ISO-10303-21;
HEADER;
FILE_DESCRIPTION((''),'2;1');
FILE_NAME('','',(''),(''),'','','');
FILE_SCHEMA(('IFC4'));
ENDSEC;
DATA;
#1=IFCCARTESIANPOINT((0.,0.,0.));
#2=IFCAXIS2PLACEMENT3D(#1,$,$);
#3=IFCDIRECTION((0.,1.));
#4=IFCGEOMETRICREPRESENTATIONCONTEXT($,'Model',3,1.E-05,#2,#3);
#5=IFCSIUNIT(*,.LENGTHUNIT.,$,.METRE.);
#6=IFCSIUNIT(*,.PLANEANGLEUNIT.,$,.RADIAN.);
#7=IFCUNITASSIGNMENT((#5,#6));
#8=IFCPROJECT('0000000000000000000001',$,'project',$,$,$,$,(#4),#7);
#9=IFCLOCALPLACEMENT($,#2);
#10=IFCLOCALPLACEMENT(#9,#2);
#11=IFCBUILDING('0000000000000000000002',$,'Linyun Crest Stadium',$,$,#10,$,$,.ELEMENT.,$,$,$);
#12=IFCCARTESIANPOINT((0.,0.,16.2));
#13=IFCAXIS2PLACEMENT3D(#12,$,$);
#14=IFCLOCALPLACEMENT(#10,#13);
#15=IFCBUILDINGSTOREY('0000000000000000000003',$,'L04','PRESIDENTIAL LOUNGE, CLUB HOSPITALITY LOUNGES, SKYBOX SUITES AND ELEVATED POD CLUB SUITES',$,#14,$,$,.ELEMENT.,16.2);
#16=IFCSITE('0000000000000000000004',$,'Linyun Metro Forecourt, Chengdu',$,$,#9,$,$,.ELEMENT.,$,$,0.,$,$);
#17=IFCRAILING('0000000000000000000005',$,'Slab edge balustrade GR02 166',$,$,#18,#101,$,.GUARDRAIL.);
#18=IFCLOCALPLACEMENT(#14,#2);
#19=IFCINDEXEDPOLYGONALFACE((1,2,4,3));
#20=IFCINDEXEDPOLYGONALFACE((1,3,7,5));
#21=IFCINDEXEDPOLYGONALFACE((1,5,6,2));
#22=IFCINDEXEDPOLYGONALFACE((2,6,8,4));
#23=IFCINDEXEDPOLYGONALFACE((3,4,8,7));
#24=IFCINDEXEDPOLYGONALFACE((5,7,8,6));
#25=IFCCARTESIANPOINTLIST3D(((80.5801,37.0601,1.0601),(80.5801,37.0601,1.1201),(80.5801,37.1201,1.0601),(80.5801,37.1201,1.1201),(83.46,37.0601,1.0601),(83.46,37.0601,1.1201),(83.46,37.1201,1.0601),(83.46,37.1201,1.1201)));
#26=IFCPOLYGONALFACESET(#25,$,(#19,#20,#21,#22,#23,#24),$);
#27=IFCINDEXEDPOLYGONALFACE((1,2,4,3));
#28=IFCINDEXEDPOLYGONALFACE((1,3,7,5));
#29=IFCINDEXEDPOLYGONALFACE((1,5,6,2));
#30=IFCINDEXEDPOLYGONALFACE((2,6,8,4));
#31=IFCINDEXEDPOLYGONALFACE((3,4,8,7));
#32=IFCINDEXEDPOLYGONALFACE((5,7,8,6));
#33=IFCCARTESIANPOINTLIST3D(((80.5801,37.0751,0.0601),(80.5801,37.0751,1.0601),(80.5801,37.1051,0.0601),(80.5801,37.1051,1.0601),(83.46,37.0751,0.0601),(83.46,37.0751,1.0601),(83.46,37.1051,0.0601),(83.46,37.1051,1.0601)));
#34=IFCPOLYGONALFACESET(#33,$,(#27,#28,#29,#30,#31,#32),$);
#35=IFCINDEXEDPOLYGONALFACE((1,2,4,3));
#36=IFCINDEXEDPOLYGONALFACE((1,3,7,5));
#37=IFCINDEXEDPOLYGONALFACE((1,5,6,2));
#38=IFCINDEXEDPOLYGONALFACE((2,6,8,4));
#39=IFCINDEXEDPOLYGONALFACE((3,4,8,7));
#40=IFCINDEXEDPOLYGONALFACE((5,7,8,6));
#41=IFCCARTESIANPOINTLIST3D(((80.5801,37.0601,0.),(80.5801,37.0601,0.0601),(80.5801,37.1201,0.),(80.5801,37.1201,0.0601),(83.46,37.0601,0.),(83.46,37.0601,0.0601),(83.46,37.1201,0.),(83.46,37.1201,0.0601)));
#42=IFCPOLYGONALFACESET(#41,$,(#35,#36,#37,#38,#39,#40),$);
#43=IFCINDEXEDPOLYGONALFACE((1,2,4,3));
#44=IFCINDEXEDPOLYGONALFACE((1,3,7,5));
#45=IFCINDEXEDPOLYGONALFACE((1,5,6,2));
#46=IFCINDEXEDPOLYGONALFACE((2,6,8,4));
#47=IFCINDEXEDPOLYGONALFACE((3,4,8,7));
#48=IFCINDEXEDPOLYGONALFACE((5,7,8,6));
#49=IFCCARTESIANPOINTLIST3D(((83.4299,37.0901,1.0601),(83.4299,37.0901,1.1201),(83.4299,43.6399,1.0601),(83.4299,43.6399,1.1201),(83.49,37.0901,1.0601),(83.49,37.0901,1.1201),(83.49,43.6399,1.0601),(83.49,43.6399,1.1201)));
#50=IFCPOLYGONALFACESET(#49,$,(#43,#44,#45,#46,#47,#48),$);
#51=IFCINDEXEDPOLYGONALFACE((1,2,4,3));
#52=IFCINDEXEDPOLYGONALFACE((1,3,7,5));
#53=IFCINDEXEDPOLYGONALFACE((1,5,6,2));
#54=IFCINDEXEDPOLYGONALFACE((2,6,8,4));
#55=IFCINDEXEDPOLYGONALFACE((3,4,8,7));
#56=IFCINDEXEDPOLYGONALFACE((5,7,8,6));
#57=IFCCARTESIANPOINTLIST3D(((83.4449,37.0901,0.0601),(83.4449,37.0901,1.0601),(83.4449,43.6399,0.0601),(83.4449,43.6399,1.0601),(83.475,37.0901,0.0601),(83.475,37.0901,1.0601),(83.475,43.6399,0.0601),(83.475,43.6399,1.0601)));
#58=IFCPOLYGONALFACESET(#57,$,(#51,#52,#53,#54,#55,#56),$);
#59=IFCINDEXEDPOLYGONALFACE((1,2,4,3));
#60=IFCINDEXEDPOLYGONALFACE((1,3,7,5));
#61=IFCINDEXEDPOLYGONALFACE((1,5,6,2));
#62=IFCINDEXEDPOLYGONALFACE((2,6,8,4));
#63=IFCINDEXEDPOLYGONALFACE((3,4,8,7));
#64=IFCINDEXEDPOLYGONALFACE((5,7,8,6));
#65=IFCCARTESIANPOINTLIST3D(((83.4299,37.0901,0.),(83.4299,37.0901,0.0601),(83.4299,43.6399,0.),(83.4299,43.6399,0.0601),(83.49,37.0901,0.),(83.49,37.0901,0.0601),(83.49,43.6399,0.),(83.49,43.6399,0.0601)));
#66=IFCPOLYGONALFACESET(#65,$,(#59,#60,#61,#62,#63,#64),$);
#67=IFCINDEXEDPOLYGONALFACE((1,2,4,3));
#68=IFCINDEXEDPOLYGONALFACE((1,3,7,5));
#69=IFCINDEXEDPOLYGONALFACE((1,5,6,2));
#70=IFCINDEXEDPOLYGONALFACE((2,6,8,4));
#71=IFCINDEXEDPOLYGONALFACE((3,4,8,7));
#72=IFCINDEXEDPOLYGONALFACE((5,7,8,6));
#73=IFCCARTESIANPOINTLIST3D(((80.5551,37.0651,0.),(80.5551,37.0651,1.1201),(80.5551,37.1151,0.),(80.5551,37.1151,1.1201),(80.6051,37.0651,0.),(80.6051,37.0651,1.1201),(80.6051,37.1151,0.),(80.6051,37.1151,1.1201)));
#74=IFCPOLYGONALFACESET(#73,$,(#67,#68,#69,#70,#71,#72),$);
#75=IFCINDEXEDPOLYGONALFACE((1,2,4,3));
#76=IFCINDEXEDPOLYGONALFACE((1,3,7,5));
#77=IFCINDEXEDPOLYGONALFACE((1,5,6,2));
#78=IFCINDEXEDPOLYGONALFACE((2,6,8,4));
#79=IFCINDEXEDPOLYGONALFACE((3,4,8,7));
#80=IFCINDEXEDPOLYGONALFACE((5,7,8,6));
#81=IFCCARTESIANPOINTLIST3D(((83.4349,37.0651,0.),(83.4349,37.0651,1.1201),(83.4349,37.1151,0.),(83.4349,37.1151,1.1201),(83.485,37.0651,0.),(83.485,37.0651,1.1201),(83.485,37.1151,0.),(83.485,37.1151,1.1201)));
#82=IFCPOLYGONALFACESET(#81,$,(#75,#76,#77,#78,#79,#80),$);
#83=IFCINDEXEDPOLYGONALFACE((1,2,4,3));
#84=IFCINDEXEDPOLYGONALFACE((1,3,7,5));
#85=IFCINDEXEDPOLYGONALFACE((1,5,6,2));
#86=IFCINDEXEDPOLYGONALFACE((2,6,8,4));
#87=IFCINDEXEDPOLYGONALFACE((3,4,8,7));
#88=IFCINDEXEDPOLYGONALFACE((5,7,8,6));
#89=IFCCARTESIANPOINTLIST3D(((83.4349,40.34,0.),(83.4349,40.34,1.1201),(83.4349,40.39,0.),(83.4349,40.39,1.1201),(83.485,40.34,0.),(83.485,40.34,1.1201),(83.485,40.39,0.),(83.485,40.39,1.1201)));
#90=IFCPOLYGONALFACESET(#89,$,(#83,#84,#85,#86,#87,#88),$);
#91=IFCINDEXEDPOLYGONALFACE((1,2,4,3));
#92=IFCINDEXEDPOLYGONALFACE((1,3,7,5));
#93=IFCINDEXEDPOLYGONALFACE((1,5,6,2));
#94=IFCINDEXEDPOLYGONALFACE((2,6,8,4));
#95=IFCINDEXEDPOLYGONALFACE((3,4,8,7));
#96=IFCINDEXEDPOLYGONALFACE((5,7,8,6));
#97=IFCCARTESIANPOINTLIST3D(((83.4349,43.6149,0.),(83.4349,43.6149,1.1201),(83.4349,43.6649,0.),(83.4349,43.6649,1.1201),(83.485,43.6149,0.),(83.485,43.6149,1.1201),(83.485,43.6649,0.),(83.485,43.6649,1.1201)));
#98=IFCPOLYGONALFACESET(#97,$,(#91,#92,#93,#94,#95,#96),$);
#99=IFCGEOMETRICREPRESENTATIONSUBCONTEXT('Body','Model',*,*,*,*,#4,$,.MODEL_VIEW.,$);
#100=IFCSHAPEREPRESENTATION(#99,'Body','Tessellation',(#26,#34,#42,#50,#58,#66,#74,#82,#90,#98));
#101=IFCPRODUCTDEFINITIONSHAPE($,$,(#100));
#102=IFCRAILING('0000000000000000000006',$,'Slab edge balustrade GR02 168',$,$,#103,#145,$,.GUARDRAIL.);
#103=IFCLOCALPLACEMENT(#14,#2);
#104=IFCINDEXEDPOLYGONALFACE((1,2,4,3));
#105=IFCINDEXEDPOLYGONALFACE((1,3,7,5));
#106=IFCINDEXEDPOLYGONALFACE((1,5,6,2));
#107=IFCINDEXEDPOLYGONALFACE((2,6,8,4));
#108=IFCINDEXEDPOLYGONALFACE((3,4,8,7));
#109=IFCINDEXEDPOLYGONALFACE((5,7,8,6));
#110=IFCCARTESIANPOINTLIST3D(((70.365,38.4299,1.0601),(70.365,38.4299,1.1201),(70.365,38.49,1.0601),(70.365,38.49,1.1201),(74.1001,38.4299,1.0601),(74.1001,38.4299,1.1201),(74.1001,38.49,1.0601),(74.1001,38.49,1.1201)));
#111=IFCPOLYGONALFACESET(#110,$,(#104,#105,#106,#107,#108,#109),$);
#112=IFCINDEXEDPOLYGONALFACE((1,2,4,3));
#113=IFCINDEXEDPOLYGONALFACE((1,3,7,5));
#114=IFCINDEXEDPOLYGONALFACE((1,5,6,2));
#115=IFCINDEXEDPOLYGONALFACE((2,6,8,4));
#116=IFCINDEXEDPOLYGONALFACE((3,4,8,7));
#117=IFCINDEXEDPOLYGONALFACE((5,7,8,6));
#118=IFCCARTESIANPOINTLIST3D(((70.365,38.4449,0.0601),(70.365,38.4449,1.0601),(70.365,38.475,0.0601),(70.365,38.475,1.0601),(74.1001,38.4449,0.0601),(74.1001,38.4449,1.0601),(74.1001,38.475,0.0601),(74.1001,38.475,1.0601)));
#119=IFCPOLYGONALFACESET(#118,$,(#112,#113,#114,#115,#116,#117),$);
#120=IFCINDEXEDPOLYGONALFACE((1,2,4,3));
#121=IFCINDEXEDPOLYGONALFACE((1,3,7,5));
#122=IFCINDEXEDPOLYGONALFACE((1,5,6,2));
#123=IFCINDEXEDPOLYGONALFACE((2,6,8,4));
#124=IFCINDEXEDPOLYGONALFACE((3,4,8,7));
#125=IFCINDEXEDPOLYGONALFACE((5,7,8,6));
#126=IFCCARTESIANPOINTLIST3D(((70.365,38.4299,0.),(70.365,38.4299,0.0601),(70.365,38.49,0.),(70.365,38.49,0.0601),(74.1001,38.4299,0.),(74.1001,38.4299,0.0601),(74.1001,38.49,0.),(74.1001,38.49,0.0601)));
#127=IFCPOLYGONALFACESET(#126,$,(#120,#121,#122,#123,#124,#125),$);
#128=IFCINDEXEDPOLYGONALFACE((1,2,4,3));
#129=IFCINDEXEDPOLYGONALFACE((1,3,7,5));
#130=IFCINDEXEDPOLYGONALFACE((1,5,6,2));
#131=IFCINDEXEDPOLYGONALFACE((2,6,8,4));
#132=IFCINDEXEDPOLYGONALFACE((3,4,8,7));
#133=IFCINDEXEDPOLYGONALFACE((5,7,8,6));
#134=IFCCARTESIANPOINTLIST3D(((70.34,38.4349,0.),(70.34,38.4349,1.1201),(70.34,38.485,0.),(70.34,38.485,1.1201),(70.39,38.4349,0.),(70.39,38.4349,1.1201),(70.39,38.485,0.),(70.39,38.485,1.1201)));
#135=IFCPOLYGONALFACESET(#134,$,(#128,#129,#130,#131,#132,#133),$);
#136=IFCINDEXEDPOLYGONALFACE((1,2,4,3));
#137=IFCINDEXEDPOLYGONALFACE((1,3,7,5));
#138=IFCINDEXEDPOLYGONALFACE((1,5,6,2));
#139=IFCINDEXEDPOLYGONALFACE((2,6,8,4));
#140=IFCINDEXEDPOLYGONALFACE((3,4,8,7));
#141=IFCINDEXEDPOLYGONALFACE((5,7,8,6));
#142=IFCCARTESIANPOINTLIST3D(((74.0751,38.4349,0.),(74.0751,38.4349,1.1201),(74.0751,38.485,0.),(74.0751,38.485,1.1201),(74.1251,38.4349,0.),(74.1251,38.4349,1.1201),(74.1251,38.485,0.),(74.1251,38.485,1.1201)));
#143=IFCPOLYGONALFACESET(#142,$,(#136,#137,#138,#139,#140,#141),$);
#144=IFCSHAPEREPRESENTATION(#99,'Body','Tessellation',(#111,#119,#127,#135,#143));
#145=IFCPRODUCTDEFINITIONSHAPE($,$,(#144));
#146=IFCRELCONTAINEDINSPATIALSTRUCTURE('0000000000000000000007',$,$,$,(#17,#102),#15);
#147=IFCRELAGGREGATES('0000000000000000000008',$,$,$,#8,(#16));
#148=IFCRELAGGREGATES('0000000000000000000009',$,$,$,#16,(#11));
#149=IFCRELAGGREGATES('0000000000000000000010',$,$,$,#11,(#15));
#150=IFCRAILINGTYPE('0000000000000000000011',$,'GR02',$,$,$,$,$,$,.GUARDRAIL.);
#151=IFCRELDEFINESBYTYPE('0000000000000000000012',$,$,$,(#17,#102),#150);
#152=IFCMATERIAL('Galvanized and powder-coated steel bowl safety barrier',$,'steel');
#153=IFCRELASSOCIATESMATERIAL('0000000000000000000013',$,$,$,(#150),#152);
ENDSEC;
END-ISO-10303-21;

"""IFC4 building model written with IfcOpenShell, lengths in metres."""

from ifc_helpers import new_model, si_unit, direction, frame, origin, origin_2d, place, context, subcontext, project, spatial, rectangle, extrude, material, type_object, element, save


model = new_model("IFC4")

# Units and contexts
model_context = context("Model", 3, precision=1e-05, world=origin(), true_north=direction((0.0, 1.0)))
body_context = subcontext(model_context, "Body", "Model", "MODEL_VIEW")
ifc_project = project(units=[si_unit("LENGTHUNIT", "METRE"), si_unit("PLANEANGLEUNIT", "RADIAN")], contexts=[model_context])

# Site, building, storey
site_placement = place(None, origin())
site = spatial("IfcSite", under=ifc_project, at=site_placement, Name="Linyun Metro Forecourt, Chengdu", CompositionType="ELEMENT", RefElevation=0.0)
building_placement = place(site_placement, origin())
building = spatial("IfcBuilding", under=site, at=building_placement, Name="Linyun Crest Stadium", CompositionType="ELEMENT")
storey_placement = place(building_placement, frame((0.0, 0.0, 16.2)))
storey = spatial("IfcBuildingStorey", under=building, at=storey_placement, Name="L04", Description="PRESIDENTIAL LOUNGE, CLUB HOSPITALITY LOUNGES, SKYBOX SUITES AND ELEVATED POD CLUB SUITES", CompositionType="ELEMENT", Elevation=16.2)

# Railings
ifc_material_1 = material(Name="Galvanized and powder-coated steel bowl safety barrier", Category="steel")
railing_type_1 = type_object("IfcRailingType", Name="GR02", PredefinedType="GUARDRAIL", material=ifc_material_1)
railing_1_placement = place(storey_placement, frame((80.5801, 37.0901, 0.0)))
element("IfcRailing", 1, at=railing_1_placement, inside=storey, type_object=railing_type_1, Name="Slab edge balustrade GR02 166", PredefinedType="GUARDRAIL", context=body_context, shape_type="SweptSolid", body=[
    extrude(rectangle(XDim=0.0601, YDim=0.0601, at=origin_2d()), frame((0.0, 0.0, 1.0901), z_axis=(1.0, 0.0, 0.0), x_axis=(0.0, 1.0, 0.0)), (0.0, 0.0, 1.0), 2.8799),
    extrude(rectangle(XDim=0.03, YDim=1.0, at=origin_2d()), frame((0.0, 0.0, 0.5601), z_axis=(1.0, 0.0, 0.0), x_axis=(0.0, 1.0, 0.0)), (0.0, 0.0, 1.0), 2.8799),
    extrude(rectangle(XDim=0.0601, YDim=0.0601, at=origin_2d()), frame((0.0, 0.0, 0.03), z_axis=(1.0, 0.0, 0.0), x_axis=(0.0, 1.0, 0.0)), (0.0, 0.0, 1.0), 2.8799),
    extrude(rectangle(XDim=0.0601, YDim=0.0601, at=origin_2d()), frame((2.8799, 0.0, 1.0901), z_axis=(0.0, 1.0, 0.0), x_axis=(-1.0, 0.0, 0.0)), (0.0, 0.0, 1.0), 6.5498),
    extrude(rectangle(XDim=0.03, YDim=1.0, at=origin_2d()), frame((2.8799, 0.0, 0.5601), z_axis=(0.0, 1.0, 0.0), x_axis=(-1.0, 0.0, 0.0)), (0.0, 0.0, 1.0), 6.5498),
    extrude(rectangle(XDim=0.0601, YDim=0.0601, at=origin_2d()), frame((2.8799, 0.0, 0.03), z_axis=(0.0, 1.0, 0.0), x_axis=(-1.0, 0.0, 0.0)), (0.0, 0.0, 1.0), 6.5498),
    extrude(rectangle(XDim=0.05, YDim=0.05, at=origin_2d()), origin(), (0.0, 0.0, 1.0), 1.1201),
    extrude(rectangle(XDim=0.05, YDim=0.05, at=origin_2d()), frame((2.8799, 0.0, 0.0)), (0.0, 0.0, 1.0), 1.1201),
    extrude(rectangle(XDim=0.05, YDim=0.05, at=origin_2d()), frame((2.8799, 3.2749, 0.0)), (0.0, 0.0, 1.0), 1.1201),
    extrude(rectangle(XDim=0.05, YDim=0.05, at=origin_2d()), frame((2.8799, 6.5498, 0.0)), (0.0, 0.0, 1.0), 1.1201),
])
railing_2_placement = place(storey_placement, frame((70.365, 38.46, 0.0)))
element("IfcRailing", 2, at=railing_2_placement, inside=storey, type_object=railing_type_1, Name="Slab edge balustrade GR02 168", PredefinedType="GUARDRAIL", context=body_context, shape_type="SweptSolid", body=[
    extrude(rectangle(XDim=0.0601, YDim=0.0601, at=origin_2d()), frame((0.0, 0.0, 1.0901), z_axis=(1.0, 0.0, 0.0), x_axis=(0.0, 1.0, 0.0)), (0.0, 0.0, 1.0), 3.7351),
    extrude(rectangle(XDim=0.03, YDim=1.0, at=origin_2d()), frame((0.0, 0.0, 0.5601), z_axis=(1.0, 0.0, 0.0), x_axis=(0.0, 1.0, 0.0)), (0.0, 0.0, 1.0), 3.7351),
    extrude(rectangle(XDim=0.0601, YDim=0.0601, at=origin_2d()), frame((0.0, 0.0, 0.03), z_axis=(1.0, 0.0, 0.0), x_axis=(0.0, 1.0, 0.0)), (0.0, 0.0, 1.0), 3.7351),
    extrude(rectangle(XDim=0.05, YDim=0.05, at=origin_2d()), origin(), (0.0, 0.0, 1.0), 1.1201),
    extrude(rectangle(XDim=0.05, YDim=0.05, at=origin_2d()), frame((3.7351, 0.0, 0.0)), (0.0, 0.0, 1.0), 1.1201),
])

save(model, "model.ifc")
